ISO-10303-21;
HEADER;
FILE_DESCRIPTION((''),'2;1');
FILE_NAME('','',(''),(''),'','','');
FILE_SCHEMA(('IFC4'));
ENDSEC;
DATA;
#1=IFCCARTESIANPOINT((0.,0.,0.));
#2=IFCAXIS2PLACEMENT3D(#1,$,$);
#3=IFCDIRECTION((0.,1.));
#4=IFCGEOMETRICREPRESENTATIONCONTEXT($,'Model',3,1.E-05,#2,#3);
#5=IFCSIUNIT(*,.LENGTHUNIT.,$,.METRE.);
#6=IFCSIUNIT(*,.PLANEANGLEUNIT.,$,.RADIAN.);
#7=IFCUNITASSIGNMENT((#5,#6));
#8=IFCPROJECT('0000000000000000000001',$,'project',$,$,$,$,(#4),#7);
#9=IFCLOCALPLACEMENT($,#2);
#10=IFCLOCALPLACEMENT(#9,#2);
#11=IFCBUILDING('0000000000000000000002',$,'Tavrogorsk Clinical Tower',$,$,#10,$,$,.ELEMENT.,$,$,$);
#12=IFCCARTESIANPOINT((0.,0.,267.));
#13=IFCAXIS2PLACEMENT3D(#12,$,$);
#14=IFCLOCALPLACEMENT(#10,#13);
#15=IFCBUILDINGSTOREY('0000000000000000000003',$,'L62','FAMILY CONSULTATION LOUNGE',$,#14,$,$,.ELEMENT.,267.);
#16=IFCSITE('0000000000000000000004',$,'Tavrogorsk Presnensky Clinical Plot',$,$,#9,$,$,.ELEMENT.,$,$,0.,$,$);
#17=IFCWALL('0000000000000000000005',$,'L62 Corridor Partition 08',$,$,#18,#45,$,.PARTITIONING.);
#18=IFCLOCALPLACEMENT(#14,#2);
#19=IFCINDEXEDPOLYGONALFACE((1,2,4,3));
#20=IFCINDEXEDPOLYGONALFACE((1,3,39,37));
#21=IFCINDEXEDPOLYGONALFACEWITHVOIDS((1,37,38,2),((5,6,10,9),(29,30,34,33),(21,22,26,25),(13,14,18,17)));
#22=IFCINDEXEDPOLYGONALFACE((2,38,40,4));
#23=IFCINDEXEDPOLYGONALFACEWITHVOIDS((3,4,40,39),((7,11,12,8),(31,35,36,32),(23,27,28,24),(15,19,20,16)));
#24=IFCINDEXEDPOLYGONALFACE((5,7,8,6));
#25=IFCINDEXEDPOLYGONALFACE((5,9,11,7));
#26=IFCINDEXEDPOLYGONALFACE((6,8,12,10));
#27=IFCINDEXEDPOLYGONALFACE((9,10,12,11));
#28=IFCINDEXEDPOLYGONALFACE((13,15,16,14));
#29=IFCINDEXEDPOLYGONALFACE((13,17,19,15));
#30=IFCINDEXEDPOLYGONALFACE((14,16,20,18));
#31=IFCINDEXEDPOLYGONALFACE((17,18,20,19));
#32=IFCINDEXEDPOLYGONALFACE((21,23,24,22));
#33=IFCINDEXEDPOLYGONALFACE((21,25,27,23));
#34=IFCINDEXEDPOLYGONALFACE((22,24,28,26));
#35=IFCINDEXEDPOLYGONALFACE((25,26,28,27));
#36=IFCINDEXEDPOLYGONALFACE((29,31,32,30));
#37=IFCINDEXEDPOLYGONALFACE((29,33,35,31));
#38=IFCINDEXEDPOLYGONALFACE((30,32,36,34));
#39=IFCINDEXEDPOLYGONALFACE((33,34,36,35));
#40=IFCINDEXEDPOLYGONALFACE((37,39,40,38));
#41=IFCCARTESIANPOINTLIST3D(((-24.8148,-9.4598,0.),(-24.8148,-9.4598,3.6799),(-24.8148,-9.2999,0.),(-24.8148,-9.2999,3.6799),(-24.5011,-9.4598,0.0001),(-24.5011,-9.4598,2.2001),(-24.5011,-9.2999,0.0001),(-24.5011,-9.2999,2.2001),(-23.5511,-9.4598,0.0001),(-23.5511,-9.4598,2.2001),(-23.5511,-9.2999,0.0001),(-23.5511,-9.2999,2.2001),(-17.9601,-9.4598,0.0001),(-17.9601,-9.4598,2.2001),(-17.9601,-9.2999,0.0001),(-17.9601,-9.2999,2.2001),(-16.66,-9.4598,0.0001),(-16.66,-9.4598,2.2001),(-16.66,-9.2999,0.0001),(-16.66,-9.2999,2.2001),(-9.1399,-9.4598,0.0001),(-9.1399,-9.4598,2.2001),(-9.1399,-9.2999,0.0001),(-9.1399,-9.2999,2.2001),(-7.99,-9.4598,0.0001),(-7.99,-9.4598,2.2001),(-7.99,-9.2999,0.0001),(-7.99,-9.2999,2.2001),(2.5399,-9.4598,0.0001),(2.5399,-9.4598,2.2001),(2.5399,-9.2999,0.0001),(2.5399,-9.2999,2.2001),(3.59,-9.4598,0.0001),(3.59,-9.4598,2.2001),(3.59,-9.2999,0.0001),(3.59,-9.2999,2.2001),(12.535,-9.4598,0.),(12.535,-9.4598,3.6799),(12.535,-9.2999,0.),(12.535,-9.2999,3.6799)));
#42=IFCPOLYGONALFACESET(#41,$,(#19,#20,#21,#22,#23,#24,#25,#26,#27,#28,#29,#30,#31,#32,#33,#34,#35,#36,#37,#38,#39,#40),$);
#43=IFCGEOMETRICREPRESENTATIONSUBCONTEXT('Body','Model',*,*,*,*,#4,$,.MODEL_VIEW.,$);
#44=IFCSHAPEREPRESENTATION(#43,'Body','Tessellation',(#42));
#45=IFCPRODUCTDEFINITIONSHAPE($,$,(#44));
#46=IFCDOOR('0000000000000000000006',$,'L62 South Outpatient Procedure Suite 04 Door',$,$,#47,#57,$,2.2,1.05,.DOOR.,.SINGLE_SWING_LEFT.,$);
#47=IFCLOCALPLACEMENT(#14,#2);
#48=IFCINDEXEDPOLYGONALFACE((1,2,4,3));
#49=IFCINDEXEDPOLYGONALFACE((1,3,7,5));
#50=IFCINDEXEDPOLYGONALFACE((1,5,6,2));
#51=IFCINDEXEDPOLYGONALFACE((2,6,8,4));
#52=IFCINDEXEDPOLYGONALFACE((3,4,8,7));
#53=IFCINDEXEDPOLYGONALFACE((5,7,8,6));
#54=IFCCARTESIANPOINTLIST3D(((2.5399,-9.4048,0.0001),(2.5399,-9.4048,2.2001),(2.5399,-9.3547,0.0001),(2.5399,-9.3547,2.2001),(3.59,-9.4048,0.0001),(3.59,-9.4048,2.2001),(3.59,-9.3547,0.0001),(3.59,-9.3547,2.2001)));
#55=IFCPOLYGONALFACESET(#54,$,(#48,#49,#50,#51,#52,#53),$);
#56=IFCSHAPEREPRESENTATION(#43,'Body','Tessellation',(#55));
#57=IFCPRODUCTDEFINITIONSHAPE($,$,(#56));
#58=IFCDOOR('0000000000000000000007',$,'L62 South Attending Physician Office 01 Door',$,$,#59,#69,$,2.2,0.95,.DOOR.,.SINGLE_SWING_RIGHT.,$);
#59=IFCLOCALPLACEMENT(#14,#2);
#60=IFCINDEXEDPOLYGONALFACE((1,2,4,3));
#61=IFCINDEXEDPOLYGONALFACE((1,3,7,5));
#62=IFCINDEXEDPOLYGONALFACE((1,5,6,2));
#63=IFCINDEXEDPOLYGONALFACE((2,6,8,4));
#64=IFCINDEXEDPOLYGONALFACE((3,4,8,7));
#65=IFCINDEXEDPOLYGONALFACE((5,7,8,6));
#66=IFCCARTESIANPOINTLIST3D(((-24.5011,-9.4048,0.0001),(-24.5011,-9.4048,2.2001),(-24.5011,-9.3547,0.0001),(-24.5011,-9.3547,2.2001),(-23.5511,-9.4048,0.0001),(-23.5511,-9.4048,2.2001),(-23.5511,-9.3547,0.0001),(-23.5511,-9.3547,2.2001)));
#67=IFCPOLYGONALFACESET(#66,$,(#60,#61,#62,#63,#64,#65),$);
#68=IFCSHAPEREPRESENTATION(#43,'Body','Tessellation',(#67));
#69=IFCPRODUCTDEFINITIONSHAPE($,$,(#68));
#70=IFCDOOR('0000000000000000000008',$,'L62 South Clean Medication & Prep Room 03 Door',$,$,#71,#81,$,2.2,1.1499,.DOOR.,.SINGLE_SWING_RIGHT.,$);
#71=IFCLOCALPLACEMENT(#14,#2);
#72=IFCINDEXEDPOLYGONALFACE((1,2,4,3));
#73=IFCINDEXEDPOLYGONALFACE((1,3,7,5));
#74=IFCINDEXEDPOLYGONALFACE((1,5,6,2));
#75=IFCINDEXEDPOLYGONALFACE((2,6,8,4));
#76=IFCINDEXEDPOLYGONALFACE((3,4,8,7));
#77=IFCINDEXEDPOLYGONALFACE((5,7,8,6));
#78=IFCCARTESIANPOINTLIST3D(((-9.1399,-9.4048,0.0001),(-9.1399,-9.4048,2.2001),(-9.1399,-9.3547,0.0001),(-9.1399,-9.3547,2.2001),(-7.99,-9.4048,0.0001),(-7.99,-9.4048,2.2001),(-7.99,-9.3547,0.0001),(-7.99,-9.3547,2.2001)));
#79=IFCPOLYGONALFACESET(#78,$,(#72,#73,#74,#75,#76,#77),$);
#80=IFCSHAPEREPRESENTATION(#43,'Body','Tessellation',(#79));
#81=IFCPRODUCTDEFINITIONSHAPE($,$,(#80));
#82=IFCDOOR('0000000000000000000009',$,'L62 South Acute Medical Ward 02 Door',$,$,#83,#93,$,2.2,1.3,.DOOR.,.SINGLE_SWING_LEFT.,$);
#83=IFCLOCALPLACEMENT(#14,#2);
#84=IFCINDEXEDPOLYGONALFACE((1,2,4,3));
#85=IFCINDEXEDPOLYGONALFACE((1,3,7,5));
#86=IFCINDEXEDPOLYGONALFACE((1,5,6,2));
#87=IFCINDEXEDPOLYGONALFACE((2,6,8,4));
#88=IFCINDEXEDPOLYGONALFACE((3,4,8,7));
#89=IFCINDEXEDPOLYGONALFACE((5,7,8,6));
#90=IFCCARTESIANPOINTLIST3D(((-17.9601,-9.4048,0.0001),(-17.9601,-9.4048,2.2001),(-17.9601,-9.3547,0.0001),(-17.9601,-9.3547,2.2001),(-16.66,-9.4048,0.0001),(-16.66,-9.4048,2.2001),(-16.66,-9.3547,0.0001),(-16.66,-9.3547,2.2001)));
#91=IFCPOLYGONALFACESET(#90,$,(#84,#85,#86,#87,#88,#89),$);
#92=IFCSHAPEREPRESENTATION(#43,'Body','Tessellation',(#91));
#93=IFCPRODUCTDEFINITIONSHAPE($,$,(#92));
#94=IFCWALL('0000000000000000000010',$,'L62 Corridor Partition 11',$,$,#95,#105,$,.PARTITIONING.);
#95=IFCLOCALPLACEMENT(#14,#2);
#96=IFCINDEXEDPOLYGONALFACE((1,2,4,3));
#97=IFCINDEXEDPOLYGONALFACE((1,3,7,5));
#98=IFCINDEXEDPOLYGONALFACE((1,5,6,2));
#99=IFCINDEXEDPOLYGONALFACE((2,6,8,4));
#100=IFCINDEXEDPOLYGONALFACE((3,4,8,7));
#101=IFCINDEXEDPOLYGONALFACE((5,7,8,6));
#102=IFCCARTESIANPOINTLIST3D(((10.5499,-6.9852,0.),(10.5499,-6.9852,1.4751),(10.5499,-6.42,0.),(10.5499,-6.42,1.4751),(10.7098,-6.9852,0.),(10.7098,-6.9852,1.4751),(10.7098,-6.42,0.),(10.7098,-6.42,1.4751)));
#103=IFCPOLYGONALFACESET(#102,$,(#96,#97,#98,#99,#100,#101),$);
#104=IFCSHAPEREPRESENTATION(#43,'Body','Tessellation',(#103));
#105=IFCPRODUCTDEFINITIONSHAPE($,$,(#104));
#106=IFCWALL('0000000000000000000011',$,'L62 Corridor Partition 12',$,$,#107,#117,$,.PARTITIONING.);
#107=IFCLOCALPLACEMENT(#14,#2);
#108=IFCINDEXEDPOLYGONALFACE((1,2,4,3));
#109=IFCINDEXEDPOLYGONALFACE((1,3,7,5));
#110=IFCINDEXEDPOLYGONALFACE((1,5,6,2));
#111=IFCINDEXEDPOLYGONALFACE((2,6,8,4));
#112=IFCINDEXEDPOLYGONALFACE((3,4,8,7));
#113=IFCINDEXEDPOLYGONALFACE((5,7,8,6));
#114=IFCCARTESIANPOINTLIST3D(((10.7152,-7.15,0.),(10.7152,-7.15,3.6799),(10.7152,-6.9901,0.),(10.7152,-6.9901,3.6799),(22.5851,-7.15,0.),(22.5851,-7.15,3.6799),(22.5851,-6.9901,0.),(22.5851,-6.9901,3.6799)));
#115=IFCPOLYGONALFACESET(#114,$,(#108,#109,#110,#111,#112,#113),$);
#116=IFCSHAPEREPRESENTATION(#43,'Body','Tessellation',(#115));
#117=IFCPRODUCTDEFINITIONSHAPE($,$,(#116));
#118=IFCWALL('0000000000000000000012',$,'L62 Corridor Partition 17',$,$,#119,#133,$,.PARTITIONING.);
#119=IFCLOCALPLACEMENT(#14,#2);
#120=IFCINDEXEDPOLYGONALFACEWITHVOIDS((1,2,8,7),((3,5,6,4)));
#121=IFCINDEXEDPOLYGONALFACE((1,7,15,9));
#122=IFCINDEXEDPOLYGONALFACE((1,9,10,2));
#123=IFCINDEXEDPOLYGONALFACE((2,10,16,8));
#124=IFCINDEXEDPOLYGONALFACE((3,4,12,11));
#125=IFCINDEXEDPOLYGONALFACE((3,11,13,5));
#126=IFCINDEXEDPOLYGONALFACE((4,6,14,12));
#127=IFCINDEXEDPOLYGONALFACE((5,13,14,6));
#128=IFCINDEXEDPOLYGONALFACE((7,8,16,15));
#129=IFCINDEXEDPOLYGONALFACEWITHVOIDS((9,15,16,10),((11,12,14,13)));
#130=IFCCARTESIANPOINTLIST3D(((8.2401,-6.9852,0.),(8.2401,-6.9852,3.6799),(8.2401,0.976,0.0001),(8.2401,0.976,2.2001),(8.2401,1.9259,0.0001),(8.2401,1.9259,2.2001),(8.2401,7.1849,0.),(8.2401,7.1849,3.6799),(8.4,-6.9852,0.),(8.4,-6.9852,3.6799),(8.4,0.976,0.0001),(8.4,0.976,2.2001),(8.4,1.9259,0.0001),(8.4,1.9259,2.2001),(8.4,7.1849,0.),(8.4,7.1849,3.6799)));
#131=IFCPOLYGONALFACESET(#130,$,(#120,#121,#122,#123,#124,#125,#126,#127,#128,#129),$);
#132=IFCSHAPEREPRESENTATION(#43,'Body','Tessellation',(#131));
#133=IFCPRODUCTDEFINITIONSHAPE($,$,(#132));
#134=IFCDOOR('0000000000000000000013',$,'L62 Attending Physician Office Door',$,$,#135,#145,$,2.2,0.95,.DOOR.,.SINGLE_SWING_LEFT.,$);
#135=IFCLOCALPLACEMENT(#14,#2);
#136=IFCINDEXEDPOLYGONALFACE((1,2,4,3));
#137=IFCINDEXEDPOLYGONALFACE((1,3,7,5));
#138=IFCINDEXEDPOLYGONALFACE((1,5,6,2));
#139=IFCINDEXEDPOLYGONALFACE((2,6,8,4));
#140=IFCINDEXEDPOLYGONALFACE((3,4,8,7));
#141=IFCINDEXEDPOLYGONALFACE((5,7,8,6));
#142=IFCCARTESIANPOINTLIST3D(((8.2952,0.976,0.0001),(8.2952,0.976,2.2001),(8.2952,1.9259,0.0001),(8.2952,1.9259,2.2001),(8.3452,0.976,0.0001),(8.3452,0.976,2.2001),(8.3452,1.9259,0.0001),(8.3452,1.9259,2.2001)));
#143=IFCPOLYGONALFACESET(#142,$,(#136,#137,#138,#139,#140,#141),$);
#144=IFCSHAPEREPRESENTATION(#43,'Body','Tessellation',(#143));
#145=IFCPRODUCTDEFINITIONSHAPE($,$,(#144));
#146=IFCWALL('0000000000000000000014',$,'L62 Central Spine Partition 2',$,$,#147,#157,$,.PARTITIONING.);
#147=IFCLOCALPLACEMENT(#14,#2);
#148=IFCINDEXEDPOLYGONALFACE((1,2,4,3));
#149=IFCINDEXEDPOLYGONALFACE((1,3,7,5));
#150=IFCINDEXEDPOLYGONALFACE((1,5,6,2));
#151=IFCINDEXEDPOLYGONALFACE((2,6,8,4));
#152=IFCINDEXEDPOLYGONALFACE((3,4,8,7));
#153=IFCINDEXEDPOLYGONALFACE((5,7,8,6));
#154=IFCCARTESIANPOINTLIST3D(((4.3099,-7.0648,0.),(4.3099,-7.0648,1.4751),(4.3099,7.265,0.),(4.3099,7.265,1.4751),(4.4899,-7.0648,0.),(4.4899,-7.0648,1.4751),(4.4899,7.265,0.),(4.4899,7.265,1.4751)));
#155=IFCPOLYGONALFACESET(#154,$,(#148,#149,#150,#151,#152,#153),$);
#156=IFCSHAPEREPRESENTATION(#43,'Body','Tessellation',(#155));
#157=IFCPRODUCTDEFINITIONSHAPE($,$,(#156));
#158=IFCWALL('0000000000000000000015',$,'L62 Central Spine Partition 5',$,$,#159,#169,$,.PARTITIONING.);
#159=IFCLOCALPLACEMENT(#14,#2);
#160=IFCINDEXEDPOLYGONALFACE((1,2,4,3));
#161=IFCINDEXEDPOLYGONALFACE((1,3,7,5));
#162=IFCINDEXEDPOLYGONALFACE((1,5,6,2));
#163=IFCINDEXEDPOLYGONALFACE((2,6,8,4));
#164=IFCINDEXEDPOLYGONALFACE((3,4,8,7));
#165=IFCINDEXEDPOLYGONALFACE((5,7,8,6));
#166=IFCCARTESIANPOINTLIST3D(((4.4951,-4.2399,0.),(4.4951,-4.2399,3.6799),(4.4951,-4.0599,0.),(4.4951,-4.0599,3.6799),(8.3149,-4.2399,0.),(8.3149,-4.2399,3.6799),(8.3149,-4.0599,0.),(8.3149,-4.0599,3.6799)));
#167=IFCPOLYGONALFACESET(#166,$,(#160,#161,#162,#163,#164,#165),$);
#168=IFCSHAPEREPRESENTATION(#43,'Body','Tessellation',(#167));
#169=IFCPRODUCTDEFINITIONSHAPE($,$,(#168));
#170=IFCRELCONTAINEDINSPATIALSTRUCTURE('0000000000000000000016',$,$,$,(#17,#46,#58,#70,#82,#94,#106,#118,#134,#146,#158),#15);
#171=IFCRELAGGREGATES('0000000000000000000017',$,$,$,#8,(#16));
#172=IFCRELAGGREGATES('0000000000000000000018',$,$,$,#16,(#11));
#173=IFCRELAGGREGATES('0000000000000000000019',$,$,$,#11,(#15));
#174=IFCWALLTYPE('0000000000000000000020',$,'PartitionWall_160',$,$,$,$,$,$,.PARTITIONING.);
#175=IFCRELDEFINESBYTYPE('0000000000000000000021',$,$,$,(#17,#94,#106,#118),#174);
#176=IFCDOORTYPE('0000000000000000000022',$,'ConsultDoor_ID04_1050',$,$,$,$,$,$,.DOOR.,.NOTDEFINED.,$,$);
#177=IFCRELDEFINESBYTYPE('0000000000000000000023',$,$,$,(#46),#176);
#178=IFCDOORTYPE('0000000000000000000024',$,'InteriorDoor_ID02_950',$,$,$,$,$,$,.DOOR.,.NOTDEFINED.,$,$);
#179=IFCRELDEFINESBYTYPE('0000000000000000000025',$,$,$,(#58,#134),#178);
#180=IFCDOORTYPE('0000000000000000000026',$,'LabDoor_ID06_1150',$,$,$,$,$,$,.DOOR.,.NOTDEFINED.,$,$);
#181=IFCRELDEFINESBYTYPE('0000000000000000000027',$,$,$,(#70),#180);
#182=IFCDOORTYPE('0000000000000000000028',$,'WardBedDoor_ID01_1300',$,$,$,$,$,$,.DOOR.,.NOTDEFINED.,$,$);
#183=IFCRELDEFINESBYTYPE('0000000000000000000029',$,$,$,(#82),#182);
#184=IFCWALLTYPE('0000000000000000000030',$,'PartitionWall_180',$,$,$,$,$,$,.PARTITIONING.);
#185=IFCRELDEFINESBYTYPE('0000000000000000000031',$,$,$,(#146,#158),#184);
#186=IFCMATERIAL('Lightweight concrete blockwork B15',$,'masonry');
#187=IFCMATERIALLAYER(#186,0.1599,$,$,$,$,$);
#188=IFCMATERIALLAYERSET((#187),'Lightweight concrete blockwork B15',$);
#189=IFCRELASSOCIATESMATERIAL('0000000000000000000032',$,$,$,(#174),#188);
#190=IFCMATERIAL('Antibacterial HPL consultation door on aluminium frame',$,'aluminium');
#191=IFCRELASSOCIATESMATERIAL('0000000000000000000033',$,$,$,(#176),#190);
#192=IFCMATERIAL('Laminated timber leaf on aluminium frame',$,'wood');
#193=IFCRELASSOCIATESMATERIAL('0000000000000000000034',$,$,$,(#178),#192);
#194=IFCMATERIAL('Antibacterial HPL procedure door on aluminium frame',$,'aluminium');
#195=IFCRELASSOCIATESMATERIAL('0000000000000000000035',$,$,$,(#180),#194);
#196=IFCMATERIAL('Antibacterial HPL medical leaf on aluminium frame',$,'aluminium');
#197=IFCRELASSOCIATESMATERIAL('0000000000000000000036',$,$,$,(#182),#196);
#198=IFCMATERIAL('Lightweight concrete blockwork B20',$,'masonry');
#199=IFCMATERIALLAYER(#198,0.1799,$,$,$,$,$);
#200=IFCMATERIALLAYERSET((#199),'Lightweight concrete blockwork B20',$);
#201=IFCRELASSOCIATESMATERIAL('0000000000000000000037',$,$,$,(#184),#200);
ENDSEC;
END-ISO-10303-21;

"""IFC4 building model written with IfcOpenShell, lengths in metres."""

from ifc_helpers import new_model, si_unit, direction, frame, frame_2d, origin, place, context, subcontext, project, spatial, rectangle, extrude, material, layer, layer_set, type_object, element, fill, save


model = new_model("IFC4")

# Units and contexts
model_context = context("Model", 3, precision=1e-05, world=origin(), true_north=direction((0.0, 1.0)))
body_context = subcontext(model_context, "Body", "Model", "MODEL_VIEW")
ifc_project = project(units=[si_unit("LENGTHUNIT", "METRE"), si_unit("PLANEANGLEUNIT", "RADIAN")], contexts=[model_context])

# Site, building, storey
site_placement = place(None, origin())
site = spatial("IfcSite", under=ifc_project, at=site_placement, Name="Tavrogorsk Presnensky Clinical Plot", CompositionType="ELEMENT", RefElevation=0.0)
building_placement = place(site_placement, origin())
building = spatial("IfcBuilding", under=site, at=building_placement, Name="Tavrogorsk Clinical Tower", CompositionType="ELEMENT")
storey_placement = place(building_placement, frame((0.0, 0.0, 267.0)))
storey = spatial("IfcBuildingStorey", under=building, at=storey_placement, Name="L62", Description="FAMILY CONSULTATION LOUNGE", CompositionType="ELEMENT", Elevation=267.0)

# Shared definitions
ifc_material_1 = material(Name="Lightweight concrete blockwork B15", Category="masonry")
ifc_layer_1 = layer(ifc_material_1, 0.1599)
ifc_layer_set_1 = layer_set([ifc_layer_1], Name="Lightweight concrete blockwork B15")
wall_type_1 = type_object("IfcWallType", Name="PartitionWall_160", PredefinedType="PARTITIONING", material=ifc_layer_set_1)

# Wall, openings, doors
wall_1_placement = place(storey_placement, frame((12.5349, -9.3799, 0.0), z_axis=(0.0, 0.0, 1.0), x_axis=(-1.0, 0.0, 0.0)))
wall_1 = element("IfcWall", 1, at=wall_1_placement, inside=storey, type_object=wall_type_1, Name="L62 Corridor Partition 08", PredefinedType="PARTITIONING", context=body_context, shape_type="SweptSolid", body=[
    extrude(rectangle(XDim=37.3499, YDim=0.1599, at=frame_2d((18.6748, 0.0))), origin(), (0.0, 0.0, 1.0), 3.6799),
])
opening_1_placement = place(wall_1_placement, frame((36.0859, 0.0, 0.0)))
opening_1 = element("IfcOpeningElement", 2, at=opening_1_placement, cuts=wall_1, PredefinedType="OPENING", context=body_context, shape_type="SweptSolid", body=[
    extrude(rectangle(XDim=0.95, YDim=2.2, at=frame_2d((0.4751, 1.1001))), frame((0.0, 0.0898, 0.0), z_axis=(0.0, -1.0, 0.0), x_axis=(1.0, 0.0, 0.0)), (0.0, 0.0, 1.0), 0.1799),
])
opening_2_placement = place(wall_1_placement, frame((29.1951, 0.0, 0.0)))
opening_2 = element("IfcOpeningElement", 3, at=opening_2_placement, cuts=wall_1, PredefinedType="OPENING", context=body_context, shape_type="SweptSolid", body=[
    extrude(rectangle(XDim=1.3, YDim=2.2, at=frame_2d((0.6499, 1.1001))), frame((0.0, 0.0898, 0.0), z_axis=(0.0, -1.0, 0.0), x_axis=(1.0, 0.0, 0.0)), (0.0, 0.0, 1.0), 0.1799),
])
opening_3_placement = place(wall_1_placement, frame((20.5249, 0.0, 0.0)))
opening_3 = element("IfcOpeningElement", 4, at=opening_3_placement, cuts=wall_1, PredefinedType="OPENING", context=body_context, shape_type="SweptSolid", body=[
    extrude(rectangle(XDim=1.1499, YDim=2.2, at=frame_2d((0.575, 1.1001))), frame((0.0, 0.0898, 0.0), z_axis=(0.0, -1.0, 0.0), x_axis=(1.0, 0.0, 0.0)), (0.0, 0.0, 1.0), 0.1799),
])
opening_4_placement = place(wall_1_placement, frame((8.9451, 0.0, 0.0)))
opening_4 = element("IfcOpeningElement", 5, at=opening_4_placement, cuts=wall_1, PredefinedType="OPENING", context=body_context, shape_type="SweptSolid", body=[
    extrude(rectangle(XDim=1.05, YDim=2.2, at=frame_2d((0.5249, 1.1001))), frame((0.0, 0.0898, 0.0), z_axis=(0.0, -1.0, 0.0), x_axis=(1.0, 0.0, 0.0)), (0.0, 0.0, 1.0), 0.1799),
])
ifc_material_2 = material(Name="Antibacterial HPL consultation door on aluminium frame", Category="aluminium")
door_type_1 = type_object("IfcDoorType", Name="ConsultDoor_ID04_1050", OperationType="NOTDEFINED", PredefinedType="DOOR", material=ifc_material_2)
door_1_placement = place(opening_4_placement, origin())
door_1 = element("IfcDoor", 6, at=door_1_placement, inside=storey, type_object=door_type_1, Name="L62 South Outpatient Procedure Suite 04 Door", OperationType="SINGLE_SWING_LEFT", OverallHeight=2.2, OverallWidth=1.05, PredefinedType="DOOR", context=body_context, shape_type="SweptSolid", body=[
    extrude(rectangle(XDim=1.05, YDim=2.2, at=frame_2d((0.5249, 1.1001))), frame((0.0, 0.0249, 0.0), z_axis=(0.0, -1.0, 0.0), x_axis=(1.0, 0.0, 0.0)), (0.0, 0.0, 1.0), 0.05),
])
fill(opening_4, door_1)
ifc_material_3 = material(Name="Laminated timber leaf on aluminium frame", Category="wood")
door_type_2 = type_object("IfcDoorType", Name="InteriorDoor_ID02_950", OperationType="NOTDEFINED", PredefinedType="DOOR", material=ifc_material_3)
door_2_placement = place(opening_1_placement, origin())
door_2 = element("IfcDoor", 7, at=door_2_placement, inside=storey, type_object=door_type_2, Name="L62 South Attending Physician Office 01 Door", OperationType="SINGLE_SWING_RIGHT", OverallHeight=2.2, OverallWidth=0.95, PredefinedType="DOOR", context=body_context, shape_type="SweptSolid", body=[
    extrude(rectangle(XDim=0.95, YDim=2.2, at=frame_2d((0.4751, 1.1001))), frame((0.0, 0.0249, 0.0), z_axis=(0.0, -1.0, 0.0), x_axis=(1.0, 0.0, 0.0)), (0.0, 0.0, 1.0), 0.05),
])
fill(opening_1, door_2)
ifc_material_4 = material(Name="Antibacterial HPL procedure door on aluminium frame", Category="aluminium")
door_type_3 = type_object("IfcDoorType", Name="LabDoor_ID06_1150", OperationType="NOTDEFINED", PredefinedType="DOOR", material=ifc_material_4)
door_3_placement = place(opening_3_placement, origin())
door_3 = element("IfcDoor", 8, at=door_3_placement, inside=storey, type_object=door_type_3, Name="L62 South Clean Medication & Prep Room 03 Door", OperationType="SINGLE_SWING_RIGHT", OverallHeight=2.2, OverallWidth=1.1499, PredefinedType="DOOR", context=body_context, shape_type="SweptSolid", body=[
    extrude(rectangle(XDim=1.1499, YDim=2.2, at=frame_2d((0.575, 1.1001))), frame((0.0, 0.0249, 0.0), z_axis=(0.0, -1.0, 0.0), x_axis=(1.0, 0.0, 0.0)), (0.0, 0.0, 1.0), 0.05),
])
fill(opening_3, door_3)
ifc_material_5 = material(Name="Antibacterial HPL medical leaf on aluminium frame", Category="aluminium")
door_type_4 = type_object("IfcDoorType", Name="WardBedDoor_ID01_1300", OperationType="NOTDEFINED", PredefinedType="DOOR", material=ifc_material_5)
door_4_placement = place(opening_2_placement, origin())
door_4 = element("IfcDoor", 9, at=door_4_placement, inside=storey, type_object=door_type_4, Name="L62 South Acute Medical Ward 02 Door", OperationType="SINGLE_SWING_LEFT", OverallHeight=2.2, OverallWidth=1.3, PredefinedType="DOOR", context=body_context, shape_type="SweptSolid", body=[
    extrude(rectangle(XDim=1.3, YDim=2.2, at=frame_2d((0.6499, 1.1001))), frame((0.0, 0.0249, 0.0), z_axis=(0.0, -1.0, 0.0), x_axis=(1.0, 0.0, 0.0)), (0.0, 0.0, 1.0), 0.05),
])
fill(opening_2, door_4)

# Walls
wall_2_placement = place(storey_placement, frame((10.6299, -6.4199, 0.0), z_axis=(0.0, 0.0, 1.0), x_axis=(0.0, -1.0, 0.0)))
element("IfcWall", 10, at=wall_2_placement, inside=storey, type_object=wall_type_1, Name="L62 Corridor Partition 11", PredefinedType="PARTITIONING", context=body_context, shape_type="SweptSolid", body=[
    extrude(rectangle(XDim=0.5652, YDim=0.1599, at=frame_2d((0.2827, 0.0))), origin(), (0.0, 0.0, 1.0), 1.4751),
])
wall_3_placement = place(storey_placement, frame((10.7151, -7.0701, 0.0), z_axis=(0.0, 0.0, 1.0), x_axis=(1.0, 0.0, 0.0)))
element("IfcWall", 11, at=wall_3_placement, inside=storey, type_object=wall_type_1, Name="L62 Corridor Partition 12", PredefinedType="PARTITIONING", context=body_context, shape_type="SweptSolid", body=[
    extrude(rectangle(XDim=11.8699, YDim=0.1599, at=frame_2d((5.9351, 0.0))), origin(), (0.0, 0.0, 1.0), 3.6799),
])

# Wall, opening, door
wall_4_placement = place(storey_placement, frame((8.3201, -6.9851, 0.0), z_axis=(0.0, 0.0, 1.0), x_axis=(0.0, 1.0, 0.0)))
wall_4 = element("IfcWall", 12, at=wall_4_placement, inside=storey, type_object=wall_type_1, Name="L62 Corridor Partition 17", PredefinedType="PARTITIONING", context=body_context, shape_type="SweptSolid", body=[
    extrude(rectangle(XDim=14.1702, YDim=0.1599, at=frame_2d((7.085, 0.0))), origin(), (0.0, 0.0, 1.0), 3.6799),
])
opening_5_placement = place(wall_4_placement, frame((7.9609, 0.0, 0.0)))
opening_5 = element("IfcOpeningElement", 13, at=opening_5_placement, cuts=wall_4, PredefinedType="OPENING", context=body_context, shape_type="SweptSolid", body=[
    extrude(rectangle(XDim=0.95, YDim=2.2, at=frame_2d((0.4751, 1.1001))), frame((0.0, 0.0898, 0.0), z_axis=(0.0, -1.0, 0.0), x_axis=(1.0, 0.0, 0.0)), (0.0, 0.0, 1.0), 0.1799),
])
door_5_placement = place(opening_5_placement, origin())
door_5 = element("IfcDoor", 14, at=door_5_placement, inside=storey, type_object=door_type_2, Name="L62 Attending Physician Office Door", OperationType="SINGLE_SWING_LEFT", OverallHeight=2.2, OverallWidth=0.95, PredefinedType="DOOR", context=body_context, shape_type="SweptSolid", body=[
    extrude(rectangle(XDim=0.95, YDim=2.2, at=frame_2d((0.4751, 1.1001))), frame((0.0, 0.0249, 0.0), z_axis=(0.0, -1.0, 0.0), x_axis=(1.0, 0.0, 0.0)), (0.0, 0.0, 1.0), 0.05),
])
fill(opening_5, door_5)

# Walls
ifc_material_6 = material(Name="Lightweight concrete blockwork B20", Category="masonry")
ifc_layer_2 = layer(ifc_material_6, 0.1799)
ifc_layer_set_2 = layer_set([ifc_layer_2], Name="Lightweight concrete blockwork B20")
wall_type_2 = type_object("IfcWallType", Name="PartitionWall_180", PredefinedType="PARTITIONING", material=ifc_layer_set_2)
wall_5_placement = place(storey_placement, frame((4.3999, -7.0649, 0.0), z_axis=(0.0, 0.0, 1.0), x_axis=(0.0, 1.0, 0.0)))
element("IfcWall", 15, at=wall_5_placement, inside=storey, type_object=wall_type_2, Name="L62 Central Spine Partition 2", PredefinedType="PARTITIONING", context=body_context, shape_type="SweptSolid", body=[
    extrude(rectangle(XDim=14.3298, YDim=0.1799, at=frame_2d((7.165, 0.0))), origin(), (0.0, 0.0, 1.0), 1.4751),
])
wall_6_placement = place(storey_placement, frame((4.4951, -4.1499, 0.0), z_axis=(0.0, 0.0, 1.0), x_axis=(1.0, 0.0, 0.0)))
element("IfcWall", 16, at=wall_6_placement, inside=storey, type_object=wall_type_2, Name="L62 Central Spine Partition 5", PredefinedType="PARTITIONING", context=body_context, shape_type="SweptSolid", body=[
    extrude(rectangle(XDim=3.8198, YDim=0.1799, at=frame_2d((1.9099, 0.0))), origin(), (0.0, 0.0, 1.0), 3.6799),
])

save(model, "model.ifc")
